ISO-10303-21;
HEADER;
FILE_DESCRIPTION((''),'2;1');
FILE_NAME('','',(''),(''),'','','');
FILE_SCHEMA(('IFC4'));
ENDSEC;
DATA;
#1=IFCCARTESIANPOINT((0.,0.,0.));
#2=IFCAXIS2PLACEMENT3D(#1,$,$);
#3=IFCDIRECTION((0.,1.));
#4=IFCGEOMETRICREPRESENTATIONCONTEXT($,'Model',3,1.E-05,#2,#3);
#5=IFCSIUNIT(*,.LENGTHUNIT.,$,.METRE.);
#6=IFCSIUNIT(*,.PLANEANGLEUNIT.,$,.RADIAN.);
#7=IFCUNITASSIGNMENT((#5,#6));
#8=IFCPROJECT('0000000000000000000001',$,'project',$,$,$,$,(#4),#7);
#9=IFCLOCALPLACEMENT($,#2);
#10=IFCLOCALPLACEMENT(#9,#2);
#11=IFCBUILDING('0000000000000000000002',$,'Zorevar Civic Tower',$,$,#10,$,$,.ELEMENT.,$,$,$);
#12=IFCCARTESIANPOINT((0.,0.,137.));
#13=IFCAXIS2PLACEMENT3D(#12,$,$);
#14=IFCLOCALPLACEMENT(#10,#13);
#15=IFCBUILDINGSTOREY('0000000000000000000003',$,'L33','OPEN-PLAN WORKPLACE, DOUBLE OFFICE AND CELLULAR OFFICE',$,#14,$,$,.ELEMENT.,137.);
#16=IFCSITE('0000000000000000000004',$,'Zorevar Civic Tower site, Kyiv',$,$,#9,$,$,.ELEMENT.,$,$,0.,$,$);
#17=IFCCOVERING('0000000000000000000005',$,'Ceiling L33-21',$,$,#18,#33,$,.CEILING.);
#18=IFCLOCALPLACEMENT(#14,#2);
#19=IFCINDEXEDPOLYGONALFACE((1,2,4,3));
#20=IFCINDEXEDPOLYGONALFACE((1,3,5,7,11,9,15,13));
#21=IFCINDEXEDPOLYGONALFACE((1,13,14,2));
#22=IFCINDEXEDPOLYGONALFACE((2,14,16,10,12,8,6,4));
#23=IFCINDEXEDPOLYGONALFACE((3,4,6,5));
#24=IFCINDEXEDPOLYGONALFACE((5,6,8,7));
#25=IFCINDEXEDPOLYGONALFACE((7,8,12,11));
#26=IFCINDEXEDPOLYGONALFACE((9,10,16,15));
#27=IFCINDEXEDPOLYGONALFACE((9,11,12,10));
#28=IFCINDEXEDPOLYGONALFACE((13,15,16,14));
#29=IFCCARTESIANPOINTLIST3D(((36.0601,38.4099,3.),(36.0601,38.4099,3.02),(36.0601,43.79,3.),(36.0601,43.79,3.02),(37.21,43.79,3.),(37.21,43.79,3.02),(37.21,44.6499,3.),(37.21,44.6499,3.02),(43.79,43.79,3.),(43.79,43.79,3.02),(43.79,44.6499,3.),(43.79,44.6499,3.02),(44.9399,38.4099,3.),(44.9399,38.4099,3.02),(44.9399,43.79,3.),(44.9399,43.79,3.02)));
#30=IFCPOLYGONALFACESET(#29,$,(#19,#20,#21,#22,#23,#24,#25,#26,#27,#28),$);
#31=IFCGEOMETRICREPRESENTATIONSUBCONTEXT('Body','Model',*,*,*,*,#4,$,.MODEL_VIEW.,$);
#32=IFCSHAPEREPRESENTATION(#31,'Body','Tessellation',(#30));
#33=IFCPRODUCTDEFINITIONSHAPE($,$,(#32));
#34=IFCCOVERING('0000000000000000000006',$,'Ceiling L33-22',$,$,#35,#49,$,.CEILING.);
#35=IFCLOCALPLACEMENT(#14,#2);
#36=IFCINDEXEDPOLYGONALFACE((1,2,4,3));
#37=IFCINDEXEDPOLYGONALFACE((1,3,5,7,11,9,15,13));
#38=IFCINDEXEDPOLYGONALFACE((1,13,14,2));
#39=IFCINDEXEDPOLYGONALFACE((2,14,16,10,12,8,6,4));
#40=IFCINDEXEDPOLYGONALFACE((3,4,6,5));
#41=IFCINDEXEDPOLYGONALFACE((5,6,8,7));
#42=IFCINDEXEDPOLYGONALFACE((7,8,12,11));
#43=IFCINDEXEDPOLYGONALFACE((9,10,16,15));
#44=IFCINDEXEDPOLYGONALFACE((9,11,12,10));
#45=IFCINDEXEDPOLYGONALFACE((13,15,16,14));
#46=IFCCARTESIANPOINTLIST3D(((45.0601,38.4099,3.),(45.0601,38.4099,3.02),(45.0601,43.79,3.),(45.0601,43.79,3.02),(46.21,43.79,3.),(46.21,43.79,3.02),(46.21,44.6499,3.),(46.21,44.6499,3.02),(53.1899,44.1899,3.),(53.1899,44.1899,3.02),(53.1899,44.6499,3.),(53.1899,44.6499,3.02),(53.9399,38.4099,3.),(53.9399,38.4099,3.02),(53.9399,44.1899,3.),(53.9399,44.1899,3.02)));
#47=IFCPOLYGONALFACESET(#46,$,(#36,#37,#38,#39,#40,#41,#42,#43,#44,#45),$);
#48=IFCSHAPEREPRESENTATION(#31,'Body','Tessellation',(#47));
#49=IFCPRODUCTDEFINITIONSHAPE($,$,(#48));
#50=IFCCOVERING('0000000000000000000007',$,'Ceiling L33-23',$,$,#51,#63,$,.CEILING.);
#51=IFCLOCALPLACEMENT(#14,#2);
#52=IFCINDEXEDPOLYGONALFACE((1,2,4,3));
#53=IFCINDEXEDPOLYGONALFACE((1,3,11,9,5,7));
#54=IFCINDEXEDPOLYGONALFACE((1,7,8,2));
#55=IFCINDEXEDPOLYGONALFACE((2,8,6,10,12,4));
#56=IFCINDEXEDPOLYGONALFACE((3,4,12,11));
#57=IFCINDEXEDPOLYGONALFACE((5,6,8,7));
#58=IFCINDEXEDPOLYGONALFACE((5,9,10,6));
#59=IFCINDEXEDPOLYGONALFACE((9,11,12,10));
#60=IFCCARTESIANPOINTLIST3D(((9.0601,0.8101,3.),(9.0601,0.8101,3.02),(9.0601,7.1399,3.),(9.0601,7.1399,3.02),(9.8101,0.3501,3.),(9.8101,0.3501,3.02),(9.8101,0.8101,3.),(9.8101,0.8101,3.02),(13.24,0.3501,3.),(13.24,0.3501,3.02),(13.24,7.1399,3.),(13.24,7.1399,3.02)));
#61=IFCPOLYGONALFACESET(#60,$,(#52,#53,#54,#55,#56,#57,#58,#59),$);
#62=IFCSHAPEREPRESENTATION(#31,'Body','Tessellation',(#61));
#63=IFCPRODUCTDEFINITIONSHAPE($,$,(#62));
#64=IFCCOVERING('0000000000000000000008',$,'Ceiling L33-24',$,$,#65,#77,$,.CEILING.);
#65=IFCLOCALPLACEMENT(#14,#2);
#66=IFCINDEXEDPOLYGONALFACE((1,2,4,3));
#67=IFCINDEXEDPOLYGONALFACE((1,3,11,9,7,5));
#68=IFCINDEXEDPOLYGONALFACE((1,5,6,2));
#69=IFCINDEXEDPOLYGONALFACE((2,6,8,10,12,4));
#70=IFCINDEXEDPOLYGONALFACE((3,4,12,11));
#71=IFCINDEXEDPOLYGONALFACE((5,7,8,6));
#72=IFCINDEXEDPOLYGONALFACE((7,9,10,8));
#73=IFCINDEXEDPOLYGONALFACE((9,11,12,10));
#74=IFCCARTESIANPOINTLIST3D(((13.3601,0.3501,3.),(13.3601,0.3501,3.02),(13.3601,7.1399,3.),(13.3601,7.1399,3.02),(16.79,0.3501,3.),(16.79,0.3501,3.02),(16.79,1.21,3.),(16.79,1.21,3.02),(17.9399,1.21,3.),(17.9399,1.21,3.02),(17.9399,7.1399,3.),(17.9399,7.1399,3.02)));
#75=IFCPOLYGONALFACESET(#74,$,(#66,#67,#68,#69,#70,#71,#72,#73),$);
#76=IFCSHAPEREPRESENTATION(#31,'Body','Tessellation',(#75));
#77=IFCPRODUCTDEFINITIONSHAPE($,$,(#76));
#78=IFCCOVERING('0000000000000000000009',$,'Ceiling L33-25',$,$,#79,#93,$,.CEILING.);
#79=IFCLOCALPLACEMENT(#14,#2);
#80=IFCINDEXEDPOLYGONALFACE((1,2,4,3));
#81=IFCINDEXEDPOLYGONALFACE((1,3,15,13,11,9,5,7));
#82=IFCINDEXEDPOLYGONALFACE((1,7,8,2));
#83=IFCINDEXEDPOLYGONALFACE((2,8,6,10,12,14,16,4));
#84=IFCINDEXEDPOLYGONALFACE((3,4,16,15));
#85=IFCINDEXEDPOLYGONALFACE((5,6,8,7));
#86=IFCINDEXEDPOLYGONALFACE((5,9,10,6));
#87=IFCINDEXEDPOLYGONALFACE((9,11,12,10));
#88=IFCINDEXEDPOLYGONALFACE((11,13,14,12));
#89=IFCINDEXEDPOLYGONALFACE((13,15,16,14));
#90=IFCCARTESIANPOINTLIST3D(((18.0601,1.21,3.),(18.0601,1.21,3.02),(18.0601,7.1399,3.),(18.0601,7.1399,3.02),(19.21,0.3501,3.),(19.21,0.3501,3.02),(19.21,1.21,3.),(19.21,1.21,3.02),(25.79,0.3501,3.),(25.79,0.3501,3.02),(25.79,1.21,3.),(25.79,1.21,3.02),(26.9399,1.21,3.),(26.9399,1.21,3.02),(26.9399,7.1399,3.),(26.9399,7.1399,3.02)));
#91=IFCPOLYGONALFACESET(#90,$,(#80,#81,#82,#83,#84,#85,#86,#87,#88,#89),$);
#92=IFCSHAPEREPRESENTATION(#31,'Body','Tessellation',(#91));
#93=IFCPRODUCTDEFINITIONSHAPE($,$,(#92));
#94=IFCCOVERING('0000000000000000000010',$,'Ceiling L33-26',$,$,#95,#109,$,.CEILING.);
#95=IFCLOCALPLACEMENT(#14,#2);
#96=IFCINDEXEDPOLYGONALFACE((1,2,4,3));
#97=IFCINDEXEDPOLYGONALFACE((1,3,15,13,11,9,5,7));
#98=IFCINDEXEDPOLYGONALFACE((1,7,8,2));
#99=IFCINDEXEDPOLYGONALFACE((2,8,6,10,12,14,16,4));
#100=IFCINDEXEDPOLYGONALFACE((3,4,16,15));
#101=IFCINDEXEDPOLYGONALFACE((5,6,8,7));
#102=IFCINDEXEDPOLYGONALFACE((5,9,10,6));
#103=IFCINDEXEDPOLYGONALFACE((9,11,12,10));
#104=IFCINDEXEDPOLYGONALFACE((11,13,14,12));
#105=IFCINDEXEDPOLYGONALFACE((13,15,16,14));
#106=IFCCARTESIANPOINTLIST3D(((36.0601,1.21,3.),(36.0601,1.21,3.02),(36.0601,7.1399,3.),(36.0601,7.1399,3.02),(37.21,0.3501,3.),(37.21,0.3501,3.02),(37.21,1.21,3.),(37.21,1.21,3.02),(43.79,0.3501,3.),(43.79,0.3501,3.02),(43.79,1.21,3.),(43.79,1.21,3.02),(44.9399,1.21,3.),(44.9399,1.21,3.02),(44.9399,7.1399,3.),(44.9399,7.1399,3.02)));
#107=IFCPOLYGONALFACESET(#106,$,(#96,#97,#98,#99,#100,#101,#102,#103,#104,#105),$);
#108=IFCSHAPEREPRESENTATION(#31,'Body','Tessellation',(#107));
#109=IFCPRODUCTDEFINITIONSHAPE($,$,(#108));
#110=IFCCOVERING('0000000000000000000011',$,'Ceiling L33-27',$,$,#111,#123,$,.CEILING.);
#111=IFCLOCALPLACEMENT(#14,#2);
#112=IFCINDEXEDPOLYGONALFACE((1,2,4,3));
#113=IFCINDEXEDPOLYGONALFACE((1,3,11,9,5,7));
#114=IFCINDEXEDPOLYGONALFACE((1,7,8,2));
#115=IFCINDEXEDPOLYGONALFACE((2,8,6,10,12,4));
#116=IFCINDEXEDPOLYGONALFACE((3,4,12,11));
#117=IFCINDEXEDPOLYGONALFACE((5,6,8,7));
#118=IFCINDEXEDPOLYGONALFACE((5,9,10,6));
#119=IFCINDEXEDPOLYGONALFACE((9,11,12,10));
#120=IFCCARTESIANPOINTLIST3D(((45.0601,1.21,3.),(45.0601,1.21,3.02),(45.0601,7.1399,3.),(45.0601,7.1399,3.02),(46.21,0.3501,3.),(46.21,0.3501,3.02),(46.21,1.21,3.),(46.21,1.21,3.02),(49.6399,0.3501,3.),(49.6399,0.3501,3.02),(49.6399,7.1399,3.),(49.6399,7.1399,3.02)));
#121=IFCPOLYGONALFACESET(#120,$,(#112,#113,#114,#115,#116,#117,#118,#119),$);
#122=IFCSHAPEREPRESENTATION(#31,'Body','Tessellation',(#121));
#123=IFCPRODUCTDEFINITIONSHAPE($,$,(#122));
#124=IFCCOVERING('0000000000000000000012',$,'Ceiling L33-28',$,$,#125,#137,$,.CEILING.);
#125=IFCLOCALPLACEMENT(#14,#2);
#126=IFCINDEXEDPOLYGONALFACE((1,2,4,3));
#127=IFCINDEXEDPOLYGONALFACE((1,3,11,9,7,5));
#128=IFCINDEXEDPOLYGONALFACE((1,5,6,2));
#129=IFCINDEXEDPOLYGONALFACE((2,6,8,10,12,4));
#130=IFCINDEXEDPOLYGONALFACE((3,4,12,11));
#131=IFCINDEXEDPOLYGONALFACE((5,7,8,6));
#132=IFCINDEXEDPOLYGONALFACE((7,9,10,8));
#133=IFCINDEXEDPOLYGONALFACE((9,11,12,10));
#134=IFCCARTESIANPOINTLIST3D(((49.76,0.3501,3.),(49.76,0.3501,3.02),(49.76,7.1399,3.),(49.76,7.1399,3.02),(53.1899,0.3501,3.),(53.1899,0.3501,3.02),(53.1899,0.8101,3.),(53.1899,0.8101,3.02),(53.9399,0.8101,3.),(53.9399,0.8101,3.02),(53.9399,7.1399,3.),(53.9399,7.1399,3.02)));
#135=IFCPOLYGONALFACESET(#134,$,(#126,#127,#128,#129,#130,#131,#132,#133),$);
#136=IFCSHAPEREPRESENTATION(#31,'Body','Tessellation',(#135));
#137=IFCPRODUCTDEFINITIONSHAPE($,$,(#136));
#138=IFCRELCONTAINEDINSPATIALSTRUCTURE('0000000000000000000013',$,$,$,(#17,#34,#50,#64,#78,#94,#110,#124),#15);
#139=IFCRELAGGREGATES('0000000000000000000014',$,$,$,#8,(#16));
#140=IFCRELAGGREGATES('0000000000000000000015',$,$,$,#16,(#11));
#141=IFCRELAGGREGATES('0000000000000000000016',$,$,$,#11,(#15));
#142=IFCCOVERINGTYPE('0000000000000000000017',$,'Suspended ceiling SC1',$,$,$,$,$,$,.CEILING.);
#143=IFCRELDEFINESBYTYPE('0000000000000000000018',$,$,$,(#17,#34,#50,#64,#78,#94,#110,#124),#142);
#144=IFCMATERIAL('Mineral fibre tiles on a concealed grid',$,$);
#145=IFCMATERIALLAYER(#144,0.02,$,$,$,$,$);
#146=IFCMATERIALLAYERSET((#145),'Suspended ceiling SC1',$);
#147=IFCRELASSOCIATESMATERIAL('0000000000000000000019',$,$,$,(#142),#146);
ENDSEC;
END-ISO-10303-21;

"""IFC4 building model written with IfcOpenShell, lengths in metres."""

from ifc_helpers import new_model, si_unit, direction, frame, origin, place, context, subcontext, project, spatial, polyline, outline, extrude, material, layer, layer_set, type_object, element, save


model = new_model("IFC4")

# Units and contexts
model_context = context("Model", 3, precision=1e-05, world=origin(), true_north=direction((0.0, 1.0)))
body_context = subcontext(model_context, "Body", "Model", "MODEL_VIEW")
ifc_project = project(units=[si_unit("LENGTHUNIT", "METRE"), si_unit("PLANEANGLEUNIT", "RADIAN")], contexts=[model_context])

# Site, building, storey
site_placement = place(None, origin())
site = spatial("IfcSite", under=ifc_project, at=site_placement, Name="Zorevar Civic Tower site, Kyiv", CompositionType="ELEMENT", RefElevation=0.0)
building_placement = place(site_placement, origin())
building = spatial("IfcBuilding", under=site, at=building_placement, Name="Zorevar Civic Tower", CompositionType="ELEMENT")
storey_placement = place(building_placement, frame((0.0, 0.0, 137.0)))
storey = spatial("IfcBuildingStorey", under=building, at=storey_placement, Name="L33", Description="OPEN-PLAN WORKPLACE, DOUBLE OFFICE AND CELLULAR OFFICE", CompositionType="ELEMENT", Elevation=137.0)

# Coverings
ifc_material_1 = material(Name="Mineral fibre tiles on a concealed grid")
ifc_layer_1 = layer(ifc_material_1, 0.02)
ifc_layer_set_1 = layer_set([ifc_layer_1], Name="Suspended ceiling SC1")
covering_type_1 = type_object("IfcCoveringType", Name="Suspended ceiling SC1", PredefinedType="CEILING", material=ifc_layer_set_1)
covering_1_placement = place(storey_placement, frame((0.0, 0.0, 3.0)))
element("IfcCovering", 1, at=covering_1_placement, inside=storey, type_object=covering_type_1, Name="Ceiling L33-21", PredefinedType="CEILING", context=body_context, shape_type="SweptSolid", body=[
    extrude(outline(polyline([(37.21, 43.79), (37.21, 44.6499), (43.79, 44.6499), (43.79, 43.79), (44.9399, 43.79), (44.9399, 38.4099), (36.0601, 38.4099), (36.0601, 43.79), (37.21, 43.79)])), origin(), (0.0, 0.0, 1.0), 0.02),
])
covering_2_placement = place(storey_placement, frame((0.0, 0.0, 3.0)))
element("IfcCovering", 2, at=covering_2_placement, inside=storey, type_object=covering_type_1, Name="Ceiling L33-22", PredefinedType="CEILING", context=body_context, shape_type="SweptSolid", body=[
    extrude(outline(polyline([(46.21, 43.79), (46.21, 44.6499), (53.1899, 44.6499), (53.1899, 44.1899), (53.9399, 44.1899), (53.9399, 38.4099), (45.0601, 38.4099), (45.0601, 43.79), (46.21, 43.79)])), origin(), (0.0, 0.0, 1.0), 0.02),
])
covering_3_placement = place(storey_placement, frame((0.0, 0.0, 3.0)))
element("IfcCovering", 3, at=covering_3_placement, inside=storey, type_object=covering_type_1, Name="Ceiling L33-23", PredefinedType="CEILING", context=body_context, shape_type="SweptSolid", body=[
    extrude(outline(polyline([(13.24, 7.1399), (13.24, 0.3501), (9.8101, 0.3501), (9.8101, 0.8101), (9.0601, 0.8101), (9.0601, 7.1399), (13.24, 7.1399)])), origin(), (0.0, 0.0, 1.0), 0.02),
])
covering_4_placement = place(storey_placement, frame((0.0, 0.0, 3.0)))
element("IfcCovering", 4, at=covering_4_placement, inside=storey, type_object=covering_type_1, Name="Ceiling L33-24", PredefinedType="CEILING", context=body_context, shape_type="SweptSolid", body=[
    extrude(outline(polyline([(17.9399, 7.1399), (17.9399, 1.21), (16.79, 1.21), (16.79, 0.3501), (13.3601, 0.3501), (13.3601, 7.1399), (17.9399, 7.1399)])), origin(), (0.0, 0.0, 1.0), 0.02),
])
covering_5_placement = place(storey_placement, frame((0.0, 0.0, 3.0)))
element("IfcCovering", 5, at=covering_5_placement, inside=storey, type_object=covering_type_1, Name="Ceiling L33-25", PredefinedType="CEILING", context=body_context, shape_type="SweptSolid", body=[
    extrude(outline(polyline([(19.21, 0.3501), (19.21, 1.21), (18.0601, 1.21), (18.0601, 7.1399), (26.9399, 7.1399), (26.9399, 1.21), (25.79, 1.21), (25.79, 0.3501), (19.21, 0.3501)])), origin(), (0.0, 0.0, 1.0), 0.02),
])
covering_6_placement = place(storey_placement, frame((0.0, 0.0, 3.0)))
element("IfcCovering", 6, at=covering_6_placement, inside=storey, type_object=covering_type_1, Name="Ceiling L33-26", PredefinedType="CEILING", context=body_context, shape_type="SweptSolid", body=[
    extrude(outline(polyline([(37.21, 0.3501), (37.21, 1.21), (36.0601, 1.21), (36.0601, 7.1399), (44.9399, 7.1399), (44.9399, 1.21), (43.79, 1.21), (43.79, 0.3501), (37.21, 0.3501)])), origin(), (0.0, 0.0, 1.0), 0.02),
])
covering_7_placement = place(storey_placement, frame((0.0, 0.0, 3.0)))
element("IfcCovering", 7, at=covering_7_placement, inside=storey, type_object=covering_type_1, Name="Ceiling L33-27", PredefinedType="CEILING", context=body_context, shape_type="SweptSolid", body=[
    extrude(outline(polyline([(49.6399, 7.1399), (49.6399, 0.3501), (46.21, 0.3501), (46.21, 1.21), (45.0601, 1.21), (45.0601, 7.1399), (49.6399, 7.1399)])), origin(), (0.0, 0.0, 1.0), 0.02),
])
covering_8_placement = place(storey_placement, frame((0.0, 0.0, 3.0)))
element("IfcCovering", 8, at=covering_8_placement, inside=storey, type_object=covering_type_1, Name="Ceiling L33-28", PredefinedType="CEILING", context=body_context, shape_type="SweptSolid", body=[
    extrude(outline(polyline([(53.9399, 7.1399), (53.9399, 0.8101), (53.1899, 0.8101), (53.1899, 0.3501), (49.76, 0.3501), (49.76, 7.1399), (53.9399, 7.1399)])), origin(), (0.0, 0.0, 1.0), 0.02),
])

save(model, "model.ifc")
